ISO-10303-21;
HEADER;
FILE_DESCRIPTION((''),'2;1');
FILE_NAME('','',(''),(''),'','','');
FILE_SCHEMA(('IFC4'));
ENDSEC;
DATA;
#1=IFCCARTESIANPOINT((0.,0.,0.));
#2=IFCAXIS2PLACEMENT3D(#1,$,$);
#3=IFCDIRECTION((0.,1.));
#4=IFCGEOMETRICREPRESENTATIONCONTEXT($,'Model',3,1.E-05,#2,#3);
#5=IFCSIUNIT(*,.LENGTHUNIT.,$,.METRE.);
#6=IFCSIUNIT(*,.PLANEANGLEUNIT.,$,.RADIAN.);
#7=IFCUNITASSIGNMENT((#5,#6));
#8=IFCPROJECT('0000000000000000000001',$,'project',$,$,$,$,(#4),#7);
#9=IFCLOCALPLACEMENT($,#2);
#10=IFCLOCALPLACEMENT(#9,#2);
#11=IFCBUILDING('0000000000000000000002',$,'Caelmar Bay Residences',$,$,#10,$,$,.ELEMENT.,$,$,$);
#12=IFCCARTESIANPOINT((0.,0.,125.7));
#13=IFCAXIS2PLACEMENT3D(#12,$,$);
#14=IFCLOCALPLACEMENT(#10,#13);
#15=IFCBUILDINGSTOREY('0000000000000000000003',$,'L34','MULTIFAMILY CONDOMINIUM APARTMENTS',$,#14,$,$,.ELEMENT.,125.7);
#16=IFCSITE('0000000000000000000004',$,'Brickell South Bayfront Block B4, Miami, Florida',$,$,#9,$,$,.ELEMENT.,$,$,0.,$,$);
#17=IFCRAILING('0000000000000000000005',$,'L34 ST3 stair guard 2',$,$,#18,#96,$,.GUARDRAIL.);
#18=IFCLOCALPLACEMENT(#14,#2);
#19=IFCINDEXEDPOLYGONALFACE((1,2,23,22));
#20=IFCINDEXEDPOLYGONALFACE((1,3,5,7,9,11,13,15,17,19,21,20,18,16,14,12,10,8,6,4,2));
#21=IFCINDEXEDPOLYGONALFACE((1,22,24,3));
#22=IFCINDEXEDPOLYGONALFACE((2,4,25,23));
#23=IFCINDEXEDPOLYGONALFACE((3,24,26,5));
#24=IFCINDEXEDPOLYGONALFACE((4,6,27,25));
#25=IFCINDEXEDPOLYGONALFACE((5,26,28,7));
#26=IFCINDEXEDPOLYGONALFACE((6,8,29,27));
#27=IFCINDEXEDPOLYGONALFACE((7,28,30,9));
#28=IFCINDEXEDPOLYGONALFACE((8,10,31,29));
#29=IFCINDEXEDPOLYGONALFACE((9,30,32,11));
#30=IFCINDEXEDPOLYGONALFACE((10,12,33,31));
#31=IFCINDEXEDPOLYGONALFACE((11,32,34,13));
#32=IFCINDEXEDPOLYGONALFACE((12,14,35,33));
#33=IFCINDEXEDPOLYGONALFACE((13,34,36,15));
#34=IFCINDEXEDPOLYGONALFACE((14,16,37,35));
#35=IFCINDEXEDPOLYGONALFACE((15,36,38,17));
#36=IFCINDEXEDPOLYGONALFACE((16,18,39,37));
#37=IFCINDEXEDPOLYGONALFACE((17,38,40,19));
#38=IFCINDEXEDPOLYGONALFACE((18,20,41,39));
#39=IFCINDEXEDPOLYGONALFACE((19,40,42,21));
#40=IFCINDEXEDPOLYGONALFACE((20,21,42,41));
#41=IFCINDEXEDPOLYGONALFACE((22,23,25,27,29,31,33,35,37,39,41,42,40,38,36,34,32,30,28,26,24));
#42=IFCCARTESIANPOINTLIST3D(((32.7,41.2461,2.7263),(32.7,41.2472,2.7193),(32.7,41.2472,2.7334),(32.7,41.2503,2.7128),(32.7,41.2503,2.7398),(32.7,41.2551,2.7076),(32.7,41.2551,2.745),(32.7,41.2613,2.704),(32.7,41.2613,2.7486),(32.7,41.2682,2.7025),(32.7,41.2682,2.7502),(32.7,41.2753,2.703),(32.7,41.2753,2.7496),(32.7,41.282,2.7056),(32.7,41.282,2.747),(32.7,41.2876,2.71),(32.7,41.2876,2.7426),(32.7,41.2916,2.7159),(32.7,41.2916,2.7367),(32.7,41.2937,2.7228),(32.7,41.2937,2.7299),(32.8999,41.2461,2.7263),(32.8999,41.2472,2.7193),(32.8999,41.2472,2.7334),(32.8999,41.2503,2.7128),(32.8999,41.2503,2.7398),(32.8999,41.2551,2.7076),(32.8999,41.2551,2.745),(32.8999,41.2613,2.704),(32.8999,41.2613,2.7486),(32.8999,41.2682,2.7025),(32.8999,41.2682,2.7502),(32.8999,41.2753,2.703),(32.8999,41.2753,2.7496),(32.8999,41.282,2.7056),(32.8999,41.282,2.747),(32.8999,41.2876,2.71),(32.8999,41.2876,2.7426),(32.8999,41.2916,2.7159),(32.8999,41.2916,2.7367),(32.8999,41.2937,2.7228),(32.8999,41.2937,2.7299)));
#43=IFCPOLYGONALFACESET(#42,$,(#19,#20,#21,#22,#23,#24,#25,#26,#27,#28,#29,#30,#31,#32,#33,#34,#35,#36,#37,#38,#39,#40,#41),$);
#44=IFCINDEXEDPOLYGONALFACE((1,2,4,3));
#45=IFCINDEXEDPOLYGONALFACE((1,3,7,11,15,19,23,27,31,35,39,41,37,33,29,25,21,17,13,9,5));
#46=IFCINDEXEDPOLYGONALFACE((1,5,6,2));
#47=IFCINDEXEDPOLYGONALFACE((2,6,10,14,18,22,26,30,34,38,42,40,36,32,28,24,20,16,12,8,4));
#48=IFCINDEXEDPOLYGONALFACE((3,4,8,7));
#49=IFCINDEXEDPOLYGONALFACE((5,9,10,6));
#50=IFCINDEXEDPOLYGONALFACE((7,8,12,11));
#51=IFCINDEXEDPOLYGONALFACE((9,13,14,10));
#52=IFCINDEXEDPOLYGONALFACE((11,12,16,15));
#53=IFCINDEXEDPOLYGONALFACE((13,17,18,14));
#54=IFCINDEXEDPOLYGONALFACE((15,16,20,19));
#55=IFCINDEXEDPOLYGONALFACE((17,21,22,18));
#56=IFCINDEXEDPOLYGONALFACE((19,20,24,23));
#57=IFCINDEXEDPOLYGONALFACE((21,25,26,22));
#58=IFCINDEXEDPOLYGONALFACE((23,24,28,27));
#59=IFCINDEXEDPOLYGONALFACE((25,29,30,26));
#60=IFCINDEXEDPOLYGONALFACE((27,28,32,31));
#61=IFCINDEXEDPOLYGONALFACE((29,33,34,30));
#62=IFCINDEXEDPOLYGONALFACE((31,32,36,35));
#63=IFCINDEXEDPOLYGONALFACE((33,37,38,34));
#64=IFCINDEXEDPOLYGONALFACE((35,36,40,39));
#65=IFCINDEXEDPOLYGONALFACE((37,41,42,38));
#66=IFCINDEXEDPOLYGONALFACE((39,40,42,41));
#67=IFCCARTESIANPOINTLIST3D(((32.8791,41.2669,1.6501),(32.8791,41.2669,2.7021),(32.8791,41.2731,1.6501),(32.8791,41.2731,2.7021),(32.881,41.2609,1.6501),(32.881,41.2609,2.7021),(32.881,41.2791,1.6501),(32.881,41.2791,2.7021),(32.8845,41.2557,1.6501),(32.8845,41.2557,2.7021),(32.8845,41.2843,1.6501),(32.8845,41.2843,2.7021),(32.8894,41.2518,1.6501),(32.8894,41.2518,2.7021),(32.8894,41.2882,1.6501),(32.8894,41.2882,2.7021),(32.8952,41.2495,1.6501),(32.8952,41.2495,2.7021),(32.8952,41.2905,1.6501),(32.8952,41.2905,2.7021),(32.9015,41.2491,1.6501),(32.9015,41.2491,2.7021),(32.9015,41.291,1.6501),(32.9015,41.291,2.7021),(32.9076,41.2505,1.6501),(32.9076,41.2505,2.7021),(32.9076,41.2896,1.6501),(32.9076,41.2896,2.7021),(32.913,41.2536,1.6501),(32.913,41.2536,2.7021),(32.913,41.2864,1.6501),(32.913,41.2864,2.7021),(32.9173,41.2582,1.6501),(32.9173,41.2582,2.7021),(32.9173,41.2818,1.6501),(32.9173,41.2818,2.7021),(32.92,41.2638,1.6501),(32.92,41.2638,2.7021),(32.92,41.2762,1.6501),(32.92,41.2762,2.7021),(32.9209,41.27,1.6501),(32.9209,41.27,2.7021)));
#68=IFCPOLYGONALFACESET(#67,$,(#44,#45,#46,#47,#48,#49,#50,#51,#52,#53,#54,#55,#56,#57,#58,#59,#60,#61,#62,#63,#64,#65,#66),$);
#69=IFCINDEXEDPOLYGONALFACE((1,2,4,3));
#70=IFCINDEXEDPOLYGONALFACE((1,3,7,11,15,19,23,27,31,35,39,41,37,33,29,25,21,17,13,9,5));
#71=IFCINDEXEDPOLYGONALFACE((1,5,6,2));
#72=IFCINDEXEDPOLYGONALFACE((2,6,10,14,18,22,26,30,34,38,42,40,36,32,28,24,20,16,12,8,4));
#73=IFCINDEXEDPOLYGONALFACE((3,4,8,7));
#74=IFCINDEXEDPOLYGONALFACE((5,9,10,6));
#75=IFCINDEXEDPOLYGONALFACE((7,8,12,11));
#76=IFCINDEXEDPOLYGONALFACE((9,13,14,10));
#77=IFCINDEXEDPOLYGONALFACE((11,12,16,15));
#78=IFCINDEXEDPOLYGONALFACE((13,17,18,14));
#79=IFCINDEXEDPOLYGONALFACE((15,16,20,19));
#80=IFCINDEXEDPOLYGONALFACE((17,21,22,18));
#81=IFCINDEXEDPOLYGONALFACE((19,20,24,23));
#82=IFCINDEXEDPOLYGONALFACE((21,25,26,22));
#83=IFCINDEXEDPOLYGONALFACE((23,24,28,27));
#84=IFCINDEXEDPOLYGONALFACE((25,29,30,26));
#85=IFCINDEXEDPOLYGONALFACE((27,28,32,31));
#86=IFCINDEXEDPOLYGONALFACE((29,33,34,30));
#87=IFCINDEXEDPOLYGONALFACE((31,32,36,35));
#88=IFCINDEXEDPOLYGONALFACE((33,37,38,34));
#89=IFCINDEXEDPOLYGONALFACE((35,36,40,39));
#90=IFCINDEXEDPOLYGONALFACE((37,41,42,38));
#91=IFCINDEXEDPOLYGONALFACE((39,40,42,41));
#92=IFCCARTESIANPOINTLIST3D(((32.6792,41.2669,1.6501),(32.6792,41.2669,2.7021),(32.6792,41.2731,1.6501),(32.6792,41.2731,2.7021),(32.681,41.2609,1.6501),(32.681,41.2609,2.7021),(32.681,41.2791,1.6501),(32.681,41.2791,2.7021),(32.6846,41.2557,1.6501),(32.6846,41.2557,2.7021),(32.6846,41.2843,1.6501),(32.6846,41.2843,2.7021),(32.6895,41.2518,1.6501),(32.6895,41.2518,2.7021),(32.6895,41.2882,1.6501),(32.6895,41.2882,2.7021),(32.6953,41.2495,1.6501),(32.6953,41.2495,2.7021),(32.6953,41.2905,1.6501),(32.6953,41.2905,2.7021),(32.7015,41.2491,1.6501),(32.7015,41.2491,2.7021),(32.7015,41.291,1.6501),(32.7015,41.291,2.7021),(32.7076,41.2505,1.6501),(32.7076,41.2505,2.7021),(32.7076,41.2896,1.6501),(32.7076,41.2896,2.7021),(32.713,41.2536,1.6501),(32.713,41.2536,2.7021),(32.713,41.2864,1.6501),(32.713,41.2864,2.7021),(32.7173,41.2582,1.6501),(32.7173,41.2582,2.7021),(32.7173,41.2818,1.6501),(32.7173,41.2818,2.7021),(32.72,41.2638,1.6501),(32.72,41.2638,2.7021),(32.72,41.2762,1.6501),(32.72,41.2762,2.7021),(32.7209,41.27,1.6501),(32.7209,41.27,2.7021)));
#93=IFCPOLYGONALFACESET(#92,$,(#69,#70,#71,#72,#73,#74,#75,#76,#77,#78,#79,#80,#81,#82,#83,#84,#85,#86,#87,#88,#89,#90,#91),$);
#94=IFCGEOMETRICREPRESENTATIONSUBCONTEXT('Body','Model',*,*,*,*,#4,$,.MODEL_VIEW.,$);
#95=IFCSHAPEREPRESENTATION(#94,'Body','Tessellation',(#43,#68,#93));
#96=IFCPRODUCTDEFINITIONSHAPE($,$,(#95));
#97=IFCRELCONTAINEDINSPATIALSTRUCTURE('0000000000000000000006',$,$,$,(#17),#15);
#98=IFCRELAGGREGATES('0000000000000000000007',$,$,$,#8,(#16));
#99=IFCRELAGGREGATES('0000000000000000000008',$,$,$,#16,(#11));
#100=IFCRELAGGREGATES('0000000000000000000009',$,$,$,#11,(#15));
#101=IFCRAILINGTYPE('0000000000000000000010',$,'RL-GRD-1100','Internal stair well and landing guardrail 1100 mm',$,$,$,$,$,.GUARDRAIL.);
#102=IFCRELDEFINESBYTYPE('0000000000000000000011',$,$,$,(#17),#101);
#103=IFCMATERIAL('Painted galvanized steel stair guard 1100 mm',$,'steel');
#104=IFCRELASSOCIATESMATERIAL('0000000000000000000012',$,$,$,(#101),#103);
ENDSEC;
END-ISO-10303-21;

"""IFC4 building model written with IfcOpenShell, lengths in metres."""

from ifc_helpers import new_model, si_unit, direction, frame, origin, origin_2d, place, context, subcontext, project, spatial, circle, extrude, material, type_object, element, save


model = new_model("IFC4")

# Units and contexts
model_context = context("Model", 3, precision=1e-05, world=origin(), true_north=direction((0.0, 1.0)))
body_context = subcontext(model_context, "Body", "Model", "MODEL_VIEW")
ifc_project = project(units=[si_unit("LENGTHUNIT", "METRE"), si_unit("PLANEANGLEUNIT", "RADIAN")], contexts=[model_context])

# Site, building, storey
site_placement = place(None, origin())
site = spatial("IfcSite", under=ifc_project, at=site_placement, Name="Brickell South Bayfront Block B4, Miami, Florida", CompositionType="ELEMENT", RefElevation=0.0)
building_placement = place(site_placement, origin())
building = spatial("IfcBuilding", under=site, at=building_placement, Name="Caelmar Bay Residences", CompositionType="ELEMENT")
storey_placement = place(building_placement, frame((0.0, 0.0, 125.7)))
storey = spatial("IfcBuildingStorey", under=building, at=storey_placement, Name="L34", Description="MULTIFAMILY CONDOMINIUM APARTMENTS", CompositionType="ELEMENT", Elevation=125.7)

# Railing
ifc_material_1 = material(Name="Painted galvanized steel stair guard 1100 mm", Category="steel")
railing_type_1 = type_object("IfcRailingType", Name="RL-GRD-1100", Description="Internal stair well and landing guardrail 1100 mm", PredefinedType="GUARDRAIL", material=ifc_material_1)
railing_1_placement = place(storey_placement, frame((32.8999, 41.27, 1.6501)))
element("IfcRailing", 1, at=railing_1_placement, inside=storey, type_object=railing_type_1, Name="L34 ST3 stair guard 2", PredefinedType="GUARDRAIL", context=body_context, shape_type="SweptSolid", body=[
    extrude(circle(Radius=0.0239, at=origin_2d()), frame((0.0, 0.0, 1.0762), z_axis=(-1.0, 0.0, 0.0), x_axis=(0.0, -1.0, 0.0)), (0.0, 0.0, 1.0), 0.2),
    extrude(circle(Radius=0.021, at=origin_2d()), origin(), (0.0, 0.0, 1.0), 1.052),
    extrude(circle(Radius=0.021, at=origin_2d()), frame((-0.2, 0.0, 0.0)), (0.0, 0.0, 1.0), 1.052),
])

save(model, "model.ifc")
